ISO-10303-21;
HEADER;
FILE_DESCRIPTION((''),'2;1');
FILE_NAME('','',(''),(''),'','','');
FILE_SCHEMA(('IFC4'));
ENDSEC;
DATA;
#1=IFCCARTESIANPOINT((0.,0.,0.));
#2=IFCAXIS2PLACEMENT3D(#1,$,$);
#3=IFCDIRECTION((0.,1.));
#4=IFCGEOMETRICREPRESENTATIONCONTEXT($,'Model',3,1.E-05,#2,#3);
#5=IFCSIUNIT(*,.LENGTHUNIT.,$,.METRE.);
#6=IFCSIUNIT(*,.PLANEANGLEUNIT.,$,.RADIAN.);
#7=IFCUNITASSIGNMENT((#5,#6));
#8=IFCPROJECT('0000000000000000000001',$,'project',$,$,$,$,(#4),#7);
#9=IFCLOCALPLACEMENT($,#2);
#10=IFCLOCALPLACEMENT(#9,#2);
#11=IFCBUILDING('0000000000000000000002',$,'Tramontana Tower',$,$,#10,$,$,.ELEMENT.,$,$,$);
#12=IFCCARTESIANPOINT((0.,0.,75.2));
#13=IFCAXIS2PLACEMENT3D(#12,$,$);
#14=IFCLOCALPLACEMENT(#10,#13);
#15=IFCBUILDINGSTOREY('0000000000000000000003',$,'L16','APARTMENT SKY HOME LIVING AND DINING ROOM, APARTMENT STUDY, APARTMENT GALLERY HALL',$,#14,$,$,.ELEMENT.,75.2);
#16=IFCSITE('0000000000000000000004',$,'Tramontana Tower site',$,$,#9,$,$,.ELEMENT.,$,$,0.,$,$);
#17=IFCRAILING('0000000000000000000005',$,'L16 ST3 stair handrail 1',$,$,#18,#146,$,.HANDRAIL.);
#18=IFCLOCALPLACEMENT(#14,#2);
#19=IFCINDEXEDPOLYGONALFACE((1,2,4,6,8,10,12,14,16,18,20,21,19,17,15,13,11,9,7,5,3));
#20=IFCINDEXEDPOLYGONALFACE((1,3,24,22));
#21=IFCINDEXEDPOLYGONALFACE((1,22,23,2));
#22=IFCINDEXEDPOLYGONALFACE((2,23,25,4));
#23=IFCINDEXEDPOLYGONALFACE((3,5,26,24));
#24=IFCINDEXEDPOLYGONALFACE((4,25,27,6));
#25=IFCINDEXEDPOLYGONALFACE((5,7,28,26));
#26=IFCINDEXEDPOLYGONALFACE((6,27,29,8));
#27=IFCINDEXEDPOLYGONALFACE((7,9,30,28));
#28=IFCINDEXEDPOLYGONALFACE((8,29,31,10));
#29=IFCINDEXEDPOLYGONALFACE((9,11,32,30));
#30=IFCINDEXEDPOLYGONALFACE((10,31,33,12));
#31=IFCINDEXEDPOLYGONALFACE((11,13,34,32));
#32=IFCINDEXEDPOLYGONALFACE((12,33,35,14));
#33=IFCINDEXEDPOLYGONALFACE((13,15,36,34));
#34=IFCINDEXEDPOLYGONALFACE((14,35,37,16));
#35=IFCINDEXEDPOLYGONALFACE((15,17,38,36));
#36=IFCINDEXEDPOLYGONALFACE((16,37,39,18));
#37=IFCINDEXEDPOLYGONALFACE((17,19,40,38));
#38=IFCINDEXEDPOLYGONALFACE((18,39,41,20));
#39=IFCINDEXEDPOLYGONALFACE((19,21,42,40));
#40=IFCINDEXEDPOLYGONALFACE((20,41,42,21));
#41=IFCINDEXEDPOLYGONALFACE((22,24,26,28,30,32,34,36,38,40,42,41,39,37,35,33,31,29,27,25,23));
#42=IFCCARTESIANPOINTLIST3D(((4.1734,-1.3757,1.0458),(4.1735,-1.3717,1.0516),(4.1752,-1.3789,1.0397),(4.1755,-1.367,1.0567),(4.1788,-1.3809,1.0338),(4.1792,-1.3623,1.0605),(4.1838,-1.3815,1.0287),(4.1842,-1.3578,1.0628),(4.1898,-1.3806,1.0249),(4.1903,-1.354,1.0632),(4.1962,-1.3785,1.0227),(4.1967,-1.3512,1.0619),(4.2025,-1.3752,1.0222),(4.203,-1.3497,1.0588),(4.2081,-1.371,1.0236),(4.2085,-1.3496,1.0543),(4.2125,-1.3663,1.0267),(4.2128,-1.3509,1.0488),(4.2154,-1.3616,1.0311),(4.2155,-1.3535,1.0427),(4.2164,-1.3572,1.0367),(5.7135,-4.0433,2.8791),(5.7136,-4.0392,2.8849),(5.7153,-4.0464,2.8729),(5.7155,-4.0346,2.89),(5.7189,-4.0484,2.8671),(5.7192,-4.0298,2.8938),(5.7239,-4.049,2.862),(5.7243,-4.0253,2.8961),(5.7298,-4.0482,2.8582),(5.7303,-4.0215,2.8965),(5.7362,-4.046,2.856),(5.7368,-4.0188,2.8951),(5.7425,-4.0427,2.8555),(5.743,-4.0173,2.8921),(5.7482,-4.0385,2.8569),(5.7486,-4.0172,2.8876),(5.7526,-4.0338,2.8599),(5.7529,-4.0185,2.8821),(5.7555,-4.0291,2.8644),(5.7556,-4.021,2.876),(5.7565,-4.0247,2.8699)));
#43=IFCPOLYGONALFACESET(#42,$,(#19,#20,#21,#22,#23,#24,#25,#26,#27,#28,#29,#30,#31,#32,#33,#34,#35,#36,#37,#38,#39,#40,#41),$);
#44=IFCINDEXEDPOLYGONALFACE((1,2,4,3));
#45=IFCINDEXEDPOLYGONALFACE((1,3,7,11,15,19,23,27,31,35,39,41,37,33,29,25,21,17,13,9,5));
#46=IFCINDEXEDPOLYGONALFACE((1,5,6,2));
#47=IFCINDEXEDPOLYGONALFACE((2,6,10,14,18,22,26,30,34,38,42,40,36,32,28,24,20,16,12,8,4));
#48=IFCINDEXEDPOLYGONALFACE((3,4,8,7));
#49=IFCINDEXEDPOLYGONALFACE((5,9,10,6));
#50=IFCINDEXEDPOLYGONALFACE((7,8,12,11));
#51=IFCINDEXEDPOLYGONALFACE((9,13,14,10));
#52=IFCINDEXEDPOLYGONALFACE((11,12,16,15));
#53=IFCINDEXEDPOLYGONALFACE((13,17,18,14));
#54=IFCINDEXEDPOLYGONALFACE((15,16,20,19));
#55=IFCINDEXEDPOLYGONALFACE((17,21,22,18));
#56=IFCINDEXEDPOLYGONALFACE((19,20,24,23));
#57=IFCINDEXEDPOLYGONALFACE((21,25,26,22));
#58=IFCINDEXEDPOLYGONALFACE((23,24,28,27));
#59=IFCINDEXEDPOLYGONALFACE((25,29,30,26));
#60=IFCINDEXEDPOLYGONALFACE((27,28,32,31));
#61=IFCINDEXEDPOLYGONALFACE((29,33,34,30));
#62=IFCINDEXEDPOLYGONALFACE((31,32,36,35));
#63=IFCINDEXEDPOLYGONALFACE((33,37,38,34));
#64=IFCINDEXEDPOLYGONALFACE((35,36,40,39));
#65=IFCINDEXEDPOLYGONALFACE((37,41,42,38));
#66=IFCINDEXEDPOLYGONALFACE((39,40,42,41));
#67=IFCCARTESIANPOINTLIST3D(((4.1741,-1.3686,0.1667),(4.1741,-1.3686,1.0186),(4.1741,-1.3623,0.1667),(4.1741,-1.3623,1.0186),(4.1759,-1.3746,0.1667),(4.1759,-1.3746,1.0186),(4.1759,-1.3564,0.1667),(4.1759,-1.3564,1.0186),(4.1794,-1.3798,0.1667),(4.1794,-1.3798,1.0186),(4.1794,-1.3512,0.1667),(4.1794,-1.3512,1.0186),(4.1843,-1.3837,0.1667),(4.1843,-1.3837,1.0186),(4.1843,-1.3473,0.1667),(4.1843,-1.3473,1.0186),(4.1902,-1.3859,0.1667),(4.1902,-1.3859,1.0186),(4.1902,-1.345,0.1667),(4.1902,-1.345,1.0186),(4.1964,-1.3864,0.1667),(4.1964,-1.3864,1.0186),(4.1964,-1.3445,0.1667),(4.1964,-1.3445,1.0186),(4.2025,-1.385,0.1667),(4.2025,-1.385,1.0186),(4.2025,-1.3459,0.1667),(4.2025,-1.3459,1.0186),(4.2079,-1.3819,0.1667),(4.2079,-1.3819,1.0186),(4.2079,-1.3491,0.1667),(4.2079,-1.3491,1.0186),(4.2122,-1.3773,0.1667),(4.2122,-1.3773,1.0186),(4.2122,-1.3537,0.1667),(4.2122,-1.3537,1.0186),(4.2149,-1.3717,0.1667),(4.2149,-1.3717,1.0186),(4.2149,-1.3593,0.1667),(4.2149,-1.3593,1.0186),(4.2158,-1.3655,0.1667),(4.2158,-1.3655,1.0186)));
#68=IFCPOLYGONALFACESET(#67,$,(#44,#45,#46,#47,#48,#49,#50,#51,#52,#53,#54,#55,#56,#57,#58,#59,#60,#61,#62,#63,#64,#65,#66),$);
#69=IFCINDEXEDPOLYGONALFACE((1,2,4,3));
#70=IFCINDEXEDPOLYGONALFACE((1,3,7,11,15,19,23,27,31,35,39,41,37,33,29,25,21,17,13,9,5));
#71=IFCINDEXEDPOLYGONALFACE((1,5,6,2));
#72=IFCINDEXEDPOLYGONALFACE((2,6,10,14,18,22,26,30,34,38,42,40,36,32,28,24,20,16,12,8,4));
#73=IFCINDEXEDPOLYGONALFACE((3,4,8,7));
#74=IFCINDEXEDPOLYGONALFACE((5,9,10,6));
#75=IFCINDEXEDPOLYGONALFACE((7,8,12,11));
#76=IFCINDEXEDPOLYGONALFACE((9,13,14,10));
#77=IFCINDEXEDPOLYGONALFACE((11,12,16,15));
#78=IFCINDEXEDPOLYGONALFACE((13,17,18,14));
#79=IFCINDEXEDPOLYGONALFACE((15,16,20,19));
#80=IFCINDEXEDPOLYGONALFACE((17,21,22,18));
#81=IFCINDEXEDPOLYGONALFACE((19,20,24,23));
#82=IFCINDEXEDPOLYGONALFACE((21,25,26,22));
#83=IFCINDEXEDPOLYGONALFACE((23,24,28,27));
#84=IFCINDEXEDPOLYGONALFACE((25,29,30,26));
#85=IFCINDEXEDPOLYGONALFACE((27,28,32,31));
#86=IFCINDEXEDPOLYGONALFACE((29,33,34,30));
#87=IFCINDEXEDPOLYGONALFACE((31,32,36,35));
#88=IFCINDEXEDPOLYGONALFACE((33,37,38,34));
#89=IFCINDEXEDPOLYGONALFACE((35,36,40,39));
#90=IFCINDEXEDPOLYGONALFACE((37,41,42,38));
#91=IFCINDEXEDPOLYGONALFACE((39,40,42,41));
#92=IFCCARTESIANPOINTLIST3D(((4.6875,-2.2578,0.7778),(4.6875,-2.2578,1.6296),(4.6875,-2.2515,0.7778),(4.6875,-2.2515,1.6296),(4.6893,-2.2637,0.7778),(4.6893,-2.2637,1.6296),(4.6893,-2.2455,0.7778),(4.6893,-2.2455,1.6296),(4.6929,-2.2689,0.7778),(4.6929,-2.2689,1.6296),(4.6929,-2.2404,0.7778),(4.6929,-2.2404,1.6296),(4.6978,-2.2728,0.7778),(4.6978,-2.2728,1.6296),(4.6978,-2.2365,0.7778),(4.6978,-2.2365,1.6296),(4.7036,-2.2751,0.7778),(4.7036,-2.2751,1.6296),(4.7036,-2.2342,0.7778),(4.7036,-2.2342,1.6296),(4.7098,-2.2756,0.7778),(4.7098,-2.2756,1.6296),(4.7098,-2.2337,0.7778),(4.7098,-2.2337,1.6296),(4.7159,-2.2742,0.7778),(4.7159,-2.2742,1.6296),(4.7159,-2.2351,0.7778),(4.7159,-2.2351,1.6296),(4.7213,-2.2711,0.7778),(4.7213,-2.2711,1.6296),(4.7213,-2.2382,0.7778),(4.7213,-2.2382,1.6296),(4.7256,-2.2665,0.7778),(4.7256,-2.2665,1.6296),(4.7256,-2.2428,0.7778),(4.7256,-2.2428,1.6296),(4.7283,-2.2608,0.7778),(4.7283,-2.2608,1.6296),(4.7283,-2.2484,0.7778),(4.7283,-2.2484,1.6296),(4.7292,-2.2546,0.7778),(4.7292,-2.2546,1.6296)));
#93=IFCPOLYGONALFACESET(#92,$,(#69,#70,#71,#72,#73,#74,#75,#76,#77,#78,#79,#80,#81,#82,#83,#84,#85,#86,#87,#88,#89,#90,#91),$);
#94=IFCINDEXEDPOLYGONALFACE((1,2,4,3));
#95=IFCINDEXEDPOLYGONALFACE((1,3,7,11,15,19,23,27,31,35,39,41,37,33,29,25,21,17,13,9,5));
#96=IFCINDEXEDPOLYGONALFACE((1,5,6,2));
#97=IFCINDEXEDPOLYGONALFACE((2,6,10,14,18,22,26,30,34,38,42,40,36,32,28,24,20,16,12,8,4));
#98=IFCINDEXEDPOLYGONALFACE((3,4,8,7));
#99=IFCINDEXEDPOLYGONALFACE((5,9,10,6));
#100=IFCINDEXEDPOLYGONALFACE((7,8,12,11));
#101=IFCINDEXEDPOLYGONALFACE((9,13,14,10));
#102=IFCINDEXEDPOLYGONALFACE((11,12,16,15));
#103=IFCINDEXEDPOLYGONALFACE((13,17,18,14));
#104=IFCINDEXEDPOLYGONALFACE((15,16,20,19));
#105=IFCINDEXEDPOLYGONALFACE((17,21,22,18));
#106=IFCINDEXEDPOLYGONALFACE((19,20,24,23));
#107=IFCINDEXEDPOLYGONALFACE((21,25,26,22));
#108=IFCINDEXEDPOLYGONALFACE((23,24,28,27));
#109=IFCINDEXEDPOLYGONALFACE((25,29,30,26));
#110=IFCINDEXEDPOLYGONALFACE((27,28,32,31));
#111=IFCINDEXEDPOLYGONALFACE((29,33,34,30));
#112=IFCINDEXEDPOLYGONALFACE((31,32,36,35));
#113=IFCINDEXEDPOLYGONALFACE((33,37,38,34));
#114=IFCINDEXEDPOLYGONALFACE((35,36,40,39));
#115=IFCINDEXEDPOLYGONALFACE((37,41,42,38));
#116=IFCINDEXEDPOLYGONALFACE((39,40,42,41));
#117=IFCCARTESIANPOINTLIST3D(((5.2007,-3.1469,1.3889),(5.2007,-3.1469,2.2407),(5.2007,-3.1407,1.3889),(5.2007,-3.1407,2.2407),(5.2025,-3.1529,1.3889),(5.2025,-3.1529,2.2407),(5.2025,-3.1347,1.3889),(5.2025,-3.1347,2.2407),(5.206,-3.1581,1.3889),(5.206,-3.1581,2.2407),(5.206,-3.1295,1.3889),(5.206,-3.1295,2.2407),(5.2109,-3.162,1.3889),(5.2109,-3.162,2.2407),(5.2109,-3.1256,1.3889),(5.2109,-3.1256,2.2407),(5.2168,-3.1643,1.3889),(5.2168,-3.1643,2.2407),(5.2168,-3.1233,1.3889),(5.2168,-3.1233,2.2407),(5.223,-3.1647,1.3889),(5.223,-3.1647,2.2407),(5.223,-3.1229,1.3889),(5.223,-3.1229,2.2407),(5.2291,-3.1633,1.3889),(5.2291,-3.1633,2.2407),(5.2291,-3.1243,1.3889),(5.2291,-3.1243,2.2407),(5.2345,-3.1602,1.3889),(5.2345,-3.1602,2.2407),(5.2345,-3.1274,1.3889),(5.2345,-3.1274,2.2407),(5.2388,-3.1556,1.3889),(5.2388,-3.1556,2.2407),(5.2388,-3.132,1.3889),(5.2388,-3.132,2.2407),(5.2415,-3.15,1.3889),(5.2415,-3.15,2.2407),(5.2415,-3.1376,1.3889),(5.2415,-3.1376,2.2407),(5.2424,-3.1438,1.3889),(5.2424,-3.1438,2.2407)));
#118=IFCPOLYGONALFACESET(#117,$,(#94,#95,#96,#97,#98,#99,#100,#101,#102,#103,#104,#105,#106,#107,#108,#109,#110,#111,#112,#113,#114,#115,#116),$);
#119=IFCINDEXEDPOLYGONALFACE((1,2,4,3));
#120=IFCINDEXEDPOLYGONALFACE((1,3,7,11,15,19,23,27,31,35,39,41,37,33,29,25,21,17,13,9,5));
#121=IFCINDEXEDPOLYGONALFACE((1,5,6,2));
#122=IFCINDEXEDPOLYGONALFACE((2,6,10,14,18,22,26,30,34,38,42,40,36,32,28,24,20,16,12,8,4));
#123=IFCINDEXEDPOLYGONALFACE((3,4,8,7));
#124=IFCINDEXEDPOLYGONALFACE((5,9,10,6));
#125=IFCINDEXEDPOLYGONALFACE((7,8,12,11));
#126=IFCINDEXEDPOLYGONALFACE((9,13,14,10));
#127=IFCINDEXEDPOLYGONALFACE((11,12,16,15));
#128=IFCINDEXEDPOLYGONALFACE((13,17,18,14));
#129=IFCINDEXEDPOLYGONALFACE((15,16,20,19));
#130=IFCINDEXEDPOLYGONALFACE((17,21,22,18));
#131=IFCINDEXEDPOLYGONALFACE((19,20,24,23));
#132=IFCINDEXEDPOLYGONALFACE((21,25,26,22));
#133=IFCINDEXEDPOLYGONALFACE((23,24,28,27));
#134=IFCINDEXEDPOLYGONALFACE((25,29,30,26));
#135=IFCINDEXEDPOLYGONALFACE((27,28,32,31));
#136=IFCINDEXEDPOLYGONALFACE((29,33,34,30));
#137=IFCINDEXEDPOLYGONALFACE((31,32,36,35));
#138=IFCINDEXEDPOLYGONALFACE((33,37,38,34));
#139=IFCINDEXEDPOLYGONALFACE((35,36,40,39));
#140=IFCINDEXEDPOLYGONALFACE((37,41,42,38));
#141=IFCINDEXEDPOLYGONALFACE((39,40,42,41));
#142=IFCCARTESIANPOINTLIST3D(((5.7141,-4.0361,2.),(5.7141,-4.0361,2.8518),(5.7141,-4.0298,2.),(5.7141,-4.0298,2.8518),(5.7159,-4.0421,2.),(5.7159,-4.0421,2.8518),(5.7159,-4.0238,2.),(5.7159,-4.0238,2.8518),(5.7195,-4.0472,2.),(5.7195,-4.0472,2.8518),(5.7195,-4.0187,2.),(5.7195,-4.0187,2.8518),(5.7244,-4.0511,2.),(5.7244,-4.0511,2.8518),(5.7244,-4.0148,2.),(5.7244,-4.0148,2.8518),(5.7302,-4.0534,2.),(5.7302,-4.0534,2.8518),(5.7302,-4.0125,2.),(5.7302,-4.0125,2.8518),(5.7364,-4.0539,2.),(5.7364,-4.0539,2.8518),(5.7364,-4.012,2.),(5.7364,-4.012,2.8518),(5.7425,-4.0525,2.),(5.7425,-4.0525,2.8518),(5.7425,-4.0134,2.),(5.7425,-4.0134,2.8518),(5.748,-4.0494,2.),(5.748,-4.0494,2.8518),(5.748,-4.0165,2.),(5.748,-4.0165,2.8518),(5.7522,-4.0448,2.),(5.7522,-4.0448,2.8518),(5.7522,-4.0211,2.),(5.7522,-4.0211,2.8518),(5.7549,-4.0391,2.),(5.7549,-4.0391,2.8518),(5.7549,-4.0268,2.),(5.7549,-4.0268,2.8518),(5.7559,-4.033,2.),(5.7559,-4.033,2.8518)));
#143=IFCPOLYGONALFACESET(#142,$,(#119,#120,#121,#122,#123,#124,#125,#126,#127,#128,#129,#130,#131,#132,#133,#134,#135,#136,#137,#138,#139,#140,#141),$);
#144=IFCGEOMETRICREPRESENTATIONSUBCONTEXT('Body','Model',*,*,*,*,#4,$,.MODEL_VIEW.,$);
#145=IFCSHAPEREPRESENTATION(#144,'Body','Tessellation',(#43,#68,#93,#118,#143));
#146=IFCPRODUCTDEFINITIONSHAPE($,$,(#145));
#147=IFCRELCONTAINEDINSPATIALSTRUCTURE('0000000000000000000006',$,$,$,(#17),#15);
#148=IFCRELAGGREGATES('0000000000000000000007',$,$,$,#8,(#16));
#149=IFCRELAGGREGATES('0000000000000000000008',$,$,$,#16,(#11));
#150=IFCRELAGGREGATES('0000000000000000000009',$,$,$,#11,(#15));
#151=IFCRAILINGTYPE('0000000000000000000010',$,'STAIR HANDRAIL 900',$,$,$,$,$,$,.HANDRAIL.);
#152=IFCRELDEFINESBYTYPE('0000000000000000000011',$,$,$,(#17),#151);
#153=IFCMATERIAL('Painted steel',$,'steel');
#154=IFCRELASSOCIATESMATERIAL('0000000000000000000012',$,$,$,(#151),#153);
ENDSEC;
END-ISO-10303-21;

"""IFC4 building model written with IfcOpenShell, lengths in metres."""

from ifc_helpers import new_model, si_unit, direction, frame, origin, origin_2d, place, context, subcontext, project, spatial, circle, extrude, material, type_object, element, save


model = new_model("IFC4")

# Units and contexts
model_context = context("Model", 3, precision=1e-05, world=origin(), true_north=direction((0.0, 1.0)))
body_context = subcontext(model_context, "Body", "Model", "MODEL_VIEW")
ifc_project = project(units=[si_unit("LENGTHUNIT", "METRE"), si_unit("PLANEANGLEUNIT", "RADIAN")], contexts=[model_context])

# Site, building, storey
site_placement = place(None, origin())
site = spatial("IfcSite", under=ifc_project, at=site_placement, Name="Tramontana Tower site", CompositionType="ELEMENT", RefElevation=0.0)
building_placement = place(site_placement, origin())
building = spatial("IfcBuilding", under=site, at=building_placement, Name="Tramontana Tower", CompositionType="ELEMENT")
storey_placement = place(building_placement, frame((0.0, 0.0, 75.2)))
storey = spatial("IfcBuildingStorey", under=building, at=storey_placement, Name="L16", Description="APARTMENT SKY HOME LIVING AND DINING ROOM, APARTMENT STUDY, APARTMENT GALLERY HALL", CompositionType="ELEMENT", Elevation=75.2)

# Railing
ifc_material_1 = material(Name="Painted steel", Category="steel")
railing_type_1 = type_object("IfcRailingType", Name="STAIR HANDRAIL 900", PredefinedType="HANDRAIL", material=ifc_material_1)
railing_1_placement = place(storey_placement, frame((4.1948, -1.3655, 0.1667)))
element("IfcRailing", 1, at=railing_1_placement, inside=storey, type_object=railing_type_1, Name="L16 ST3 stair handrail 1", PredefinedType="HANDRAIL", context=body_context, shape_type="SweptSolid", body=[
    extrude(circle(Radius=0.0239, at=origin_2d()), frame((0.0, 0.0, 0.876), z_axis=(0.429649, -0.74419, 0.511452), x_axis=(0.86603, 0.499992, 0.0)), (0.0, 0.0, 1.0), 3.5845),
    extrude(circle(Radius=0.021, at=origin_2d()), origin(), (0.0, 0.0, 1.0), 0.8518),
    extrude(circle(Radius=0.021, at=origin_2d()), frame((0.5134, -0.8892, 0.6111)), (0.0, 0.0, 1.0), 0.8518),
    extrude(circle(Radius=0.021, at=origin_2d()), frame((1.0266, -1.7783, 1.2222)), (0.0, 0.0, 1.0), 0.8518),
    extrude(circle(Radius=0.021, at=origin_2d()), frame((1.54, -2.6675, 1.8333)), (0.0, 0.0, 1.0), 0.8518),
])

save(model, "model.ifc")
